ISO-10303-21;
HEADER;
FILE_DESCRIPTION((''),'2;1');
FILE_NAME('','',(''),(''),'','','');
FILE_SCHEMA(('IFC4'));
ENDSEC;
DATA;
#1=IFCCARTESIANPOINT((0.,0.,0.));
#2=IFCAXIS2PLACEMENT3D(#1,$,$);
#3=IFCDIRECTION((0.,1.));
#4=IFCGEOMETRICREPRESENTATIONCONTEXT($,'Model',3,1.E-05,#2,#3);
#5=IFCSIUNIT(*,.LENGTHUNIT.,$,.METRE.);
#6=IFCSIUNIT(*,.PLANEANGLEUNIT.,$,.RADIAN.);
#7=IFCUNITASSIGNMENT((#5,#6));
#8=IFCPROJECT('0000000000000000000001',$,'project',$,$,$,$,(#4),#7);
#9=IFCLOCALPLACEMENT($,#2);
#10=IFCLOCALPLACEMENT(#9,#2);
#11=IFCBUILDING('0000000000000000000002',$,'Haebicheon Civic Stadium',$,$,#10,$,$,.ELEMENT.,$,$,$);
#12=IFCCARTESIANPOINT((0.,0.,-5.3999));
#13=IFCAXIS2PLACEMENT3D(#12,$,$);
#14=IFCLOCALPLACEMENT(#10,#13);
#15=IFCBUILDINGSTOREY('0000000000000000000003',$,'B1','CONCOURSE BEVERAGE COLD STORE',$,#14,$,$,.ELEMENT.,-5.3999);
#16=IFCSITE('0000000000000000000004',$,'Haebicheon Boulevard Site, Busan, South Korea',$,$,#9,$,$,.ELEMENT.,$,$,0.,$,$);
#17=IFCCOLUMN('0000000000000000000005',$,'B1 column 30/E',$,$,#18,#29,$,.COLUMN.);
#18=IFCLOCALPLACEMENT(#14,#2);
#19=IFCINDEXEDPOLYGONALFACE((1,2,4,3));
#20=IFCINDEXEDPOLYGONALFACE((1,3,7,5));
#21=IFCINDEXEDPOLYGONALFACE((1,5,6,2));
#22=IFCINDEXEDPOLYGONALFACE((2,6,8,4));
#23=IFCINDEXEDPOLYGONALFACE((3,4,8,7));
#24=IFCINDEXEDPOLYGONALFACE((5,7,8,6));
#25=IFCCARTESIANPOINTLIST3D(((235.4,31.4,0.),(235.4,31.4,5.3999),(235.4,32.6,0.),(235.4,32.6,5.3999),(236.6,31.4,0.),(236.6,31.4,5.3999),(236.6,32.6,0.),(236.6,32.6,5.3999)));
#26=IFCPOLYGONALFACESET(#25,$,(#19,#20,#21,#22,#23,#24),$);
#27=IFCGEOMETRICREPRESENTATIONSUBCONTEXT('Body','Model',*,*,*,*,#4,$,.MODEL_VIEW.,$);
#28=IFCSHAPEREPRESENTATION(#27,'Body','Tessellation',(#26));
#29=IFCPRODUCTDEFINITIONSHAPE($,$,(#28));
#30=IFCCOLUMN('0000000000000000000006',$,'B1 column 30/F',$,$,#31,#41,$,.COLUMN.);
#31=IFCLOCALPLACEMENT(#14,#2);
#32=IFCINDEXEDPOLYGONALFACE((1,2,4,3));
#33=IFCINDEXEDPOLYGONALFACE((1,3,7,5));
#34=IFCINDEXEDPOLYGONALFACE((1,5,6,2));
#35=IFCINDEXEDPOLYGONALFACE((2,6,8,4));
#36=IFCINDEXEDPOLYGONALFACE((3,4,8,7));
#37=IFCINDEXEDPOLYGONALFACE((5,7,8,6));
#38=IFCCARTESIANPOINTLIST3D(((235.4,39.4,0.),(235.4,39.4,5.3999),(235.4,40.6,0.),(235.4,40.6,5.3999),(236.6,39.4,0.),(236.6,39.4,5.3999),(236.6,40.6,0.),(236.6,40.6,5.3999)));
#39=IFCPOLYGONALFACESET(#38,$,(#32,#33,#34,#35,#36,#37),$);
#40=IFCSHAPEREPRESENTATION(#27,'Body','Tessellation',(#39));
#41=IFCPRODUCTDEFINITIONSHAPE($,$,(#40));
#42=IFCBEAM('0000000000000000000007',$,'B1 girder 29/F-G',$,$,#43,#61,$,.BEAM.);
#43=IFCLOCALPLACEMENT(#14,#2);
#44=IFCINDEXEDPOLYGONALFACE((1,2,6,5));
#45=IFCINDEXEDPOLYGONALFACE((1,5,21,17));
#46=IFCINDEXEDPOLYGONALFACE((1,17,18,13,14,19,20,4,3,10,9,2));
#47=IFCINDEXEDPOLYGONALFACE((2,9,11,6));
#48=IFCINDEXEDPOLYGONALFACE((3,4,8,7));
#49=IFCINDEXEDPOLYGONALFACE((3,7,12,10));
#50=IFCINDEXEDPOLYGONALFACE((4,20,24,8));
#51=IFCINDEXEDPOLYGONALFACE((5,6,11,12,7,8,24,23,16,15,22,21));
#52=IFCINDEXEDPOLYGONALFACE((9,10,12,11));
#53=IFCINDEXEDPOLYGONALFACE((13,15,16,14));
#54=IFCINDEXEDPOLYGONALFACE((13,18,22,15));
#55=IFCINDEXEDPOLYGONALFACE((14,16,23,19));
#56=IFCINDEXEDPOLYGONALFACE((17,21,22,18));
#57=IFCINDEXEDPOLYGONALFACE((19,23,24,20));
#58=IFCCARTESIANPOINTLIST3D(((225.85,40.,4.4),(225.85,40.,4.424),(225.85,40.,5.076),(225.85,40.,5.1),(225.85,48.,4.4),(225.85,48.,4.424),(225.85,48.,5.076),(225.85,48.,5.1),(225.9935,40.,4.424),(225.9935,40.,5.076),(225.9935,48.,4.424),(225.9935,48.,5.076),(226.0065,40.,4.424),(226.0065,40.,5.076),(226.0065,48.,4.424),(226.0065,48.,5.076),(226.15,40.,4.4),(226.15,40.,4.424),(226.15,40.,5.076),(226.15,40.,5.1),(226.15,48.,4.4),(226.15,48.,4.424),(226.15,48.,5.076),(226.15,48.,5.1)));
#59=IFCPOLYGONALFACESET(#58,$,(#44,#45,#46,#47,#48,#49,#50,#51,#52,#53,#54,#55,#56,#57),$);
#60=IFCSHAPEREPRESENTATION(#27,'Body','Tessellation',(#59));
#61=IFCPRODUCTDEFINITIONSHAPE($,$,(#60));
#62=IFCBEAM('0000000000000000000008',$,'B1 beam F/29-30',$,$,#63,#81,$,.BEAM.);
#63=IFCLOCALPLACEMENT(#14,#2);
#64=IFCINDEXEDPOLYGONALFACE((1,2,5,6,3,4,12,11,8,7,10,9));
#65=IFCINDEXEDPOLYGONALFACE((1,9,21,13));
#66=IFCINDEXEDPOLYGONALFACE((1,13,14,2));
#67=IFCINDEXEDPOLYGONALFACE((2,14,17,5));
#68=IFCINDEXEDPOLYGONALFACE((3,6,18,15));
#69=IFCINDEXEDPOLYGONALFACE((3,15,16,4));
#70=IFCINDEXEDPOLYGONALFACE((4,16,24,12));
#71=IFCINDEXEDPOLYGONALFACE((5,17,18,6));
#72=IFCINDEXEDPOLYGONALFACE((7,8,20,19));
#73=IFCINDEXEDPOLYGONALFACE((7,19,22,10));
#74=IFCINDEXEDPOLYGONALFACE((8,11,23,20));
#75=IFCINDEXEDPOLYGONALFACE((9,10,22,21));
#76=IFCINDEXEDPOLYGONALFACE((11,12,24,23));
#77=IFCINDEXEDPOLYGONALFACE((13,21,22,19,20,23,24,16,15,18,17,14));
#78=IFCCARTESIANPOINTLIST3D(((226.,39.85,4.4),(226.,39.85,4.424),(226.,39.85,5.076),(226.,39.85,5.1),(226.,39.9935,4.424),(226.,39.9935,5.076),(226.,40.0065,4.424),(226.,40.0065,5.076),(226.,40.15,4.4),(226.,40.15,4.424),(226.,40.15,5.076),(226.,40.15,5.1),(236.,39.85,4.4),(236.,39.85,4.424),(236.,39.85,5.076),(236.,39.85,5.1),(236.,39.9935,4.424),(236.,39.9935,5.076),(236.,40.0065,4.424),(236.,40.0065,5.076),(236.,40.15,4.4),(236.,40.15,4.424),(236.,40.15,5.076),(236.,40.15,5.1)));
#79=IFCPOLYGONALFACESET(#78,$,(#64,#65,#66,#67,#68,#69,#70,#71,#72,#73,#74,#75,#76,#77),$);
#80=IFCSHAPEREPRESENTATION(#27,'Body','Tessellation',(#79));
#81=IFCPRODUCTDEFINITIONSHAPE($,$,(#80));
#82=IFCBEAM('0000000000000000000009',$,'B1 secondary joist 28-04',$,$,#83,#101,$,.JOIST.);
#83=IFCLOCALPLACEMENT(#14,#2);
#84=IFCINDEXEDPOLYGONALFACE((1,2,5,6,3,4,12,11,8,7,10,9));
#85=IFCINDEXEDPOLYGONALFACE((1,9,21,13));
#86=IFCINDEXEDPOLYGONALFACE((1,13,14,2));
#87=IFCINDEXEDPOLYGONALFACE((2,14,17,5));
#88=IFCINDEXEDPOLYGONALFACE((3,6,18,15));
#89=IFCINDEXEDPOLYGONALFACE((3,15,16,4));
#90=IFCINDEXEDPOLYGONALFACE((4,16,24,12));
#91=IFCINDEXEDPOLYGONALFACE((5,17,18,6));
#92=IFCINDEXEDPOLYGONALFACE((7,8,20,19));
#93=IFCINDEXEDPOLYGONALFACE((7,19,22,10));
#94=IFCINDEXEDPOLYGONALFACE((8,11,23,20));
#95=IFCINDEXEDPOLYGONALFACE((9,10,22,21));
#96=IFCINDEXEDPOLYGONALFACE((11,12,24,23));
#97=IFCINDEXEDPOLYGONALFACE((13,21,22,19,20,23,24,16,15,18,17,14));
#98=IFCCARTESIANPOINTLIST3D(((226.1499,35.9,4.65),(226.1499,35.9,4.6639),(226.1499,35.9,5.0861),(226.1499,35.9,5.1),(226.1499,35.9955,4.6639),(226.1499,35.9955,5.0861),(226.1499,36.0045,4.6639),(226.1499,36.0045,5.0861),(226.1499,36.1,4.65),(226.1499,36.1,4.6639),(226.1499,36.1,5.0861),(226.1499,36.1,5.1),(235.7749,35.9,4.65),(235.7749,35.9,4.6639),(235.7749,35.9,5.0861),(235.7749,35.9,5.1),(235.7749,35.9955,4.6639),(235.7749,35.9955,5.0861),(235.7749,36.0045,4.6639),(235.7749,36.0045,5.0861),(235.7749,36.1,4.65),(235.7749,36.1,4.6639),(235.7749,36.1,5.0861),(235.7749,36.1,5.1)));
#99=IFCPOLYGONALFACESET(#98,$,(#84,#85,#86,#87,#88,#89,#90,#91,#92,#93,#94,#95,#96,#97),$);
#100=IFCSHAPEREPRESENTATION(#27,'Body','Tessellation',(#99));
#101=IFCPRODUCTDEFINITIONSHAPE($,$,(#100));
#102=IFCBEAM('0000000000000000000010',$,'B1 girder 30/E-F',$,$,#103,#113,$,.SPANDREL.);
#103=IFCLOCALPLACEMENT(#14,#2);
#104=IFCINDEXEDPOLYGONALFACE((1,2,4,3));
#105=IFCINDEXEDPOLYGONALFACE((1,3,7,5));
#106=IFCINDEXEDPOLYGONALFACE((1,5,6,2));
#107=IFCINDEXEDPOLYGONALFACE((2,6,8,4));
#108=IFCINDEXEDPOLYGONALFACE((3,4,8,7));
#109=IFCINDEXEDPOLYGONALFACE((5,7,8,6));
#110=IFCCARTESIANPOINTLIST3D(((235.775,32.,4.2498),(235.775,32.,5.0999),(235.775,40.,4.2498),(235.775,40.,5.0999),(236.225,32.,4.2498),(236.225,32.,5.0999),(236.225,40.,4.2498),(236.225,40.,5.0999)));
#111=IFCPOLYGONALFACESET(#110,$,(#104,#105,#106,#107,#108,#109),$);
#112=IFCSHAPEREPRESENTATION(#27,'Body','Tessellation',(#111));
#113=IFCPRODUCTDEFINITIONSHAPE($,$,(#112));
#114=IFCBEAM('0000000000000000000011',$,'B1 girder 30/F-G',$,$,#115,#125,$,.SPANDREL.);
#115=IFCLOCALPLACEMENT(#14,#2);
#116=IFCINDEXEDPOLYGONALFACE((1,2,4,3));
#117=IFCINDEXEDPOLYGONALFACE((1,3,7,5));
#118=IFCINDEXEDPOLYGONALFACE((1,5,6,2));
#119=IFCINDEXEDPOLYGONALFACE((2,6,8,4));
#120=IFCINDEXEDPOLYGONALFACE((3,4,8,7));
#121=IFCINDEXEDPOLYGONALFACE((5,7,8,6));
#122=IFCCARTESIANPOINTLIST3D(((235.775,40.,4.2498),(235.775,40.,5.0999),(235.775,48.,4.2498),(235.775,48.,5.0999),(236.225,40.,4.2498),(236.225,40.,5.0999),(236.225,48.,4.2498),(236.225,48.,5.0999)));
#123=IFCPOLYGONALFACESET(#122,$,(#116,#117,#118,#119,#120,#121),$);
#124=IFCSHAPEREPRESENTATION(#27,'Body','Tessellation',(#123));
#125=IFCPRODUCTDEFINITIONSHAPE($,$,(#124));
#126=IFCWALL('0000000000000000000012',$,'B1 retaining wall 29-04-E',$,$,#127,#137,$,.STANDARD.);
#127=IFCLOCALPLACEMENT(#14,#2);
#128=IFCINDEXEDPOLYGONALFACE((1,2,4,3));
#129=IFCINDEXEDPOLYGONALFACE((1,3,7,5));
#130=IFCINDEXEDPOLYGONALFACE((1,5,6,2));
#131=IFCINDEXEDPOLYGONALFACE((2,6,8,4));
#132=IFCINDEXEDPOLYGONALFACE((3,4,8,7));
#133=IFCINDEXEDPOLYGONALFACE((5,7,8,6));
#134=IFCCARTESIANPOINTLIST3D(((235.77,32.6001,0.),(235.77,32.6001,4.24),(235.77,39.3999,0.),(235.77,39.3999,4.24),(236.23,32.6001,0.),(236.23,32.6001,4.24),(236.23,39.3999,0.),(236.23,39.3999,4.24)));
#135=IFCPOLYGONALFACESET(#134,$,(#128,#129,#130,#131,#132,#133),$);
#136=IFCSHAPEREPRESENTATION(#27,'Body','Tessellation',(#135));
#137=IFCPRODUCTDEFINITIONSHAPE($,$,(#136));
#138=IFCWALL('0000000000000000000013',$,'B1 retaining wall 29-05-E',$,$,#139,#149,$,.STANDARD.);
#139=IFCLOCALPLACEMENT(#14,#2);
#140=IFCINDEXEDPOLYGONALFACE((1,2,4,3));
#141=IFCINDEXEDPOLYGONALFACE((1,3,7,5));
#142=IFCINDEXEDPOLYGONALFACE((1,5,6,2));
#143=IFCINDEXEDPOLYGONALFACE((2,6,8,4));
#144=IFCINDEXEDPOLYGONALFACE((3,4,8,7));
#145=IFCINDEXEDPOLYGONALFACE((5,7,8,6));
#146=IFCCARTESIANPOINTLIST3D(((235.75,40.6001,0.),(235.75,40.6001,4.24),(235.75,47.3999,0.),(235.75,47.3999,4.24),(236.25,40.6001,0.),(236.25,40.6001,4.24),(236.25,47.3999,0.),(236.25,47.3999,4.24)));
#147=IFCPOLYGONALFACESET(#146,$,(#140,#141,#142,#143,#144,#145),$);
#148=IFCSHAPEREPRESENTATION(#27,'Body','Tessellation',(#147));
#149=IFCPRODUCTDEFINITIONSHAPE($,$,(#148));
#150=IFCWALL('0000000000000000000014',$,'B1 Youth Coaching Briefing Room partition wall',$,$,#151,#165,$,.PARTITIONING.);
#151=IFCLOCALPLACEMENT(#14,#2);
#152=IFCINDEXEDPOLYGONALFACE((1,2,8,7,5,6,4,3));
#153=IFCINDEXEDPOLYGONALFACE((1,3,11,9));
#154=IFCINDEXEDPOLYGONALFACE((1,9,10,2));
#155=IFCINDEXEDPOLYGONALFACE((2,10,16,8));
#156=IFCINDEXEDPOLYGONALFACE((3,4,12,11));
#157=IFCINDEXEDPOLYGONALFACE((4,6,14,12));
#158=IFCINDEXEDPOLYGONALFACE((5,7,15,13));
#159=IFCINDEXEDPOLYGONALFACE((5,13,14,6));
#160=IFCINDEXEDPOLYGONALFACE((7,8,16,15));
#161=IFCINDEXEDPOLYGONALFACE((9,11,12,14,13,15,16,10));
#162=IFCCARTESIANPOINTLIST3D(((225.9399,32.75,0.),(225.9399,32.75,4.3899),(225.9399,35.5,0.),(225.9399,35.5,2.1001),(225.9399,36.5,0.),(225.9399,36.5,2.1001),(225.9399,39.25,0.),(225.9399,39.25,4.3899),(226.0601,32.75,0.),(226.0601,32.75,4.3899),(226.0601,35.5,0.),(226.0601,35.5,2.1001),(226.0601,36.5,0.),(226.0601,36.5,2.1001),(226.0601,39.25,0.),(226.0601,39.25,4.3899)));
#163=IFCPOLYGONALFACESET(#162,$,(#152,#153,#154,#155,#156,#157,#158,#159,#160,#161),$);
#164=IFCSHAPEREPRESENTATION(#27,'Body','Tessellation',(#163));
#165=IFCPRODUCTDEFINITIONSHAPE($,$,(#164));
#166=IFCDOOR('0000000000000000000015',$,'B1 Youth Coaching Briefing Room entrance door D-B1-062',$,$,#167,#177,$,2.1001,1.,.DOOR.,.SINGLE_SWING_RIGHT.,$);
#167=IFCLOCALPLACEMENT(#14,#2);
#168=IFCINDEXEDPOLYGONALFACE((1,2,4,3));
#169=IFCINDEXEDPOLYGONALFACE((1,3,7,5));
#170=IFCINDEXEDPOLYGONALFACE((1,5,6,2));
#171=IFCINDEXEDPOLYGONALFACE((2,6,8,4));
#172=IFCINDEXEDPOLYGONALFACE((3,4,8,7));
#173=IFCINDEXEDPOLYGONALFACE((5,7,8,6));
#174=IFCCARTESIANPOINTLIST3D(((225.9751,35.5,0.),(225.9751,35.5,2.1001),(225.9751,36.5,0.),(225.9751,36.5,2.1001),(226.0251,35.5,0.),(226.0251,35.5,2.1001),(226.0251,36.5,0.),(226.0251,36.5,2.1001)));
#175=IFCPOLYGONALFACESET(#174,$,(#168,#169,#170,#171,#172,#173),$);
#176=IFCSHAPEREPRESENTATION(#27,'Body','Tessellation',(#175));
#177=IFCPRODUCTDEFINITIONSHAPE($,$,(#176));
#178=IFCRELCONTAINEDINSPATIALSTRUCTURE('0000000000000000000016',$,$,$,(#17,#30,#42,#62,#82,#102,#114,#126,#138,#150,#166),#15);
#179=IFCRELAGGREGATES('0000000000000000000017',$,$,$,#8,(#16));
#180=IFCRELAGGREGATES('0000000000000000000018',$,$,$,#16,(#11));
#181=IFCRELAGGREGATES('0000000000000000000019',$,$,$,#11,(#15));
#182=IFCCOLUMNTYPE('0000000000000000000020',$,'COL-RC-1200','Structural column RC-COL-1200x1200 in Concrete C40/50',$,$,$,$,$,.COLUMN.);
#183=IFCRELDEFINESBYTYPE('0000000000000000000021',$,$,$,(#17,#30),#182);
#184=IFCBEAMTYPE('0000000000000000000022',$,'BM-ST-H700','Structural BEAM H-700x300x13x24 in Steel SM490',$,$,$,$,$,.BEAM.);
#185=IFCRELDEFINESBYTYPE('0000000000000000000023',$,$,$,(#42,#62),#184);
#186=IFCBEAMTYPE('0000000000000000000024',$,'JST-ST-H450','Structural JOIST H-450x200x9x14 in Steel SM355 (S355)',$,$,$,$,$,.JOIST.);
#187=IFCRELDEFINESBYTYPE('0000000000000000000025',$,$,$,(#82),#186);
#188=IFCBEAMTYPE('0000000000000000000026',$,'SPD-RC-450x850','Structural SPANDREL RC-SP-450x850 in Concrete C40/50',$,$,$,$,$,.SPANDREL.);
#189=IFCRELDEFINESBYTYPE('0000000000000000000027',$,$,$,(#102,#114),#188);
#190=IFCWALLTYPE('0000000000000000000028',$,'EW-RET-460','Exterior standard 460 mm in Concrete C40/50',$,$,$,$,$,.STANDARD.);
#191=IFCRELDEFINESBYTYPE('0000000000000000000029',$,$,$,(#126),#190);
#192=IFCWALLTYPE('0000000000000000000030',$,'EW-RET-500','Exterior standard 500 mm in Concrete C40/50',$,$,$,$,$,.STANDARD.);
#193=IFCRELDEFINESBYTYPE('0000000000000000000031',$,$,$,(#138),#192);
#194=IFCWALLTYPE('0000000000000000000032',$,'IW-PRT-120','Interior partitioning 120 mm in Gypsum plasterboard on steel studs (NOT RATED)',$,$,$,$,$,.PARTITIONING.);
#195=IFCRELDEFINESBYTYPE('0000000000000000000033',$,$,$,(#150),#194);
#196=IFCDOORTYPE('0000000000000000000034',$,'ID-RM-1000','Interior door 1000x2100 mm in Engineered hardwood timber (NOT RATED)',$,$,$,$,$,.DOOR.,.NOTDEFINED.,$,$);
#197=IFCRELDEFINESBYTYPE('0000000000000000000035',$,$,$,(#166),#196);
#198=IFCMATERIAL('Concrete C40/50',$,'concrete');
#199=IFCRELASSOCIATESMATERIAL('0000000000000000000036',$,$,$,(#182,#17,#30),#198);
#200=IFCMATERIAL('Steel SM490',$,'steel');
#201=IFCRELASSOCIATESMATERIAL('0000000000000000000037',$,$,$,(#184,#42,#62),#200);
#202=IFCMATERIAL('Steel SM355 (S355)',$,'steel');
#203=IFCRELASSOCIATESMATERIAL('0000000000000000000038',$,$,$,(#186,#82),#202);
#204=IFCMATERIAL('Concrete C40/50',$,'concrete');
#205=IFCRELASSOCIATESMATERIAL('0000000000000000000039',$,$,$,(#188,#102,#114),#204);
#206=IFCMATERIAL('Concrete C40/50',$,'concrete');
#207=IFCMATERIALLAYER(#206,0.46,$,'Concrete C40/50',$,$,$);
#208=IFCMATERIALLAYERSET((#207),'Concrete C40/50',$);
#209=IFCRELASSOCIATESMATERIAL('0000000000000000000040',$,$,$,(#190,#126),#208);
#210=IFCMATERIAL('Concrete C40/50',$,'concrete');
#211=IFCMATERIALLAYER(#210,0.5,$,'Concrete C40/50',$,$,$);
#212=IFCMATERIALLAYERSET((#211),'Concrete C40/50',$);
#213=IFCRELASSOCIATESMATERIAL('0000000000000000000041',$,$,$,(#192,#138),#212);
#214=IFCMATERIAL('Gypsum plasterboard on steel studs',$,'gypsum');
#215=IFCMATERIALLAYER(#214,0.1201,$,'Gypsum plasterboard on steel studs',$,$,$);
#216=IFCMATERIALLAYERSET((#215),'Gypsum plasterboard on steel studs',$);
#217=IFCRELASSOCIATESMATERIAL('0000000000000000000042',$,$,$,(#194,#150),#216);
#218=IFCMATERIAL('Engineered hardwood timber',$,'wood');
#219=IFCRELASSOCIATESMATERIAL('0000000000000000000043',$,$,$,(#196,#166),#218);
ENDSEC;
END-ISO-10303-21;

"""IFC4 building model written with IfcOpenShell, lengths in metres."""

from ifc_helpers import new_model, si_unit, direction, frame, frame_2d, origin, origin_2d, place, context, subcontext, project, spatial, rectangle, i_section, extrude, material, layer, layer_set, material_profile, profile_set, type_object, element, fill, save


model = new_model("IFC4")

# Units and contexts
model_context = context("Model", 3, precision=1e-05, world=origin(), true_north=direction((0.0, 1.0)))
body_context = subcontext(model_context, "Body", "Model", "MODEL_VIEW")
ifc_project = project(units=[si_unit("LENGTHUNIT", "METRE"), si_unit("PLANEANGLEUNIT", "RADIAN")], contexts=[model_context])

# Site, building, storey
site_placement = place(None, origin())
site = spatial("IfcSite", under=ifc_project, at=site_placement, Name="Haebicheon Boulevard Site, Busan, South Korea", CompositionType="ELEMENT", RefElevation=0.0)
building_placement = place(site_placement, origin())
building = spatial("IfcBuilding", under=site, at=building_placement, Name="Haebicheon Civic Stadium", CompositionType="ELEMENT")
storey_placement = place(building_placement, frame((0.0, 0.0, -5.3999)))
storey = spatial("IfcBuildingStorey", under=building, at=storey_placement, Name="B1", Description="CONCOURSE BEVERAGE COLD STORE", CompositionType="ELEMENT", Elevation=-5.3999)

# Columns
ifc_material_1 = material(Name="Concrete C40/50", Category="concrete")
ifc_material_profile_1 = material_profile(ifc_material_1, rectangle(XDim=1.2, YDim=1.2, at=origin_2d()), Name="RC-COL-1200x1200")
ifc_profile_set_1 = profile_set([ifc_material_profile_1], Name="Concrete C40/50")
column_type = type_object("IfcColumnType", Name="COL-RC-1200", Description="Structural column RC-COL-1200x1200 in Concrete C40/50", PredefinedType="COLUMN", material=ifc_profile_set_1)
for number, where, z_axis, x_axis, name in (
    (1, (236.0, 32.0, 0.0), (0.0, 0.0, 1.0), (1.0, 0.0, 0.0), "B1 column 30/E"),
    (2, (236.0, 40.0, 0.0), (0.0, 0.0, 1.0), (1.0, 0.0, 0.0), "B1 column 30/F"),
):
    element("IfcColumn", number, at=place(storey_placement, frame(where, z_axis=z_axis, x_axis=x_axis)), inside=storey, type_object=column_type, material=ifc_profile_set_1, Name=name, PredefinedType="COLUMN", context=body_context, shape_type="SweptSolid", body=[
        extrude(rectangle(XDim=1.2, YDim=1.2, at=origin_2d()), origin(), (0.0, 0.0, 1.0), 5.3999),
    ])

# Beams
ifc_material_2 = material(Name="Steel SM490", Category="steel")
ifc_material_profile_2 = material_profile(ifc_material_2, i_section(OverallWidth=0.3, OverallDepth=0.7, WebThickness=0.0129, FlangeThickness=0.0239, at=origin_2d()), Name="H-700x300x13x24")
ifc_profile_set_2 = profile_set([ifc_material_profile_2], Name="Steel SM490")
beam_type_1 = type_object("IfcBeamType", Name="BM-ST-H700", Description="Structural BEAM H-700x300x13x24 in Steel SM490", PredefinedType="BEAM", material=ifc_profile_set_2)
beam_1_placement = place(storey_placement, frame((226.0, 40.0, 4.75), z_axis=(0.0, 1.0, 0.0), x_axis=(-1.0, 0.0, 0.0)))
element("IfcBeam", 3, at=beam_1_placement, inside=storey, type_object=beam_type_1, material=ifc_profile_set_2, Name="B1 girder 29/F-G", PredefinedType="BEAM", context=body_context, shape_type="SweptSolid", body=[
    extrude(i_section(OverallWidth=0.3, OverallDepth=0.7, WebThickness=0.0129, FlangeThickness=0.0239, at=origin_2d()), origin(), (0.0, 0.0, 1.0), 8.0),
])
beam_2_placement = place(storey_placement, frame((226.0, 40.0, 4.75), z_axis=(1.0, 0.0, 0.0), x_axis=(0.0, 1.0, 0.0)))
element("IfcBeam", 4, at=beam_2_placement, inside=storey, type_object=beam_type_1, material=ifc_profile_set_2, Name="B1 beam F/29-30", PredefinedType="BEAM", context=body_context, shape_type="SweptSolid", body=[
    extrude(i_section(OverallWidth=0.3, OverallDepth=0.7, WebThickness=0.0129, FlangeThickness=0.0239, at=origin_2d()), origin(), (0.0, 0.0, 1.0), 10.0),
])
ifc_material_3 = material(Name="Steel SM355 (S355)", Category="steel")
ifc_material_profile_3 = material_profile(ifc_material_3, i_section(OverallWidth=0.2, OverallDepth=0.45, WebThickness=0.009, FlangeThickness=0.0139, at=origin_2d()), Name="H-450x200x9x14")
ifc_profile_set_3 = profile_set([ifc_material_profile_3], Name="Steel SM355 (S355)")
beam_type_2 = type_object("IfcBeamType", Name="JST-ST-H450", Description="Structural JOIST H-450x200x9x14 in Steel SM355 (S355)", PredefinedType="JOIST", material=ifc_profile_set_3)
beam_3_placement = place(storey_placement, frame((226.1499, 36.0, 4.875), z_axis=(1.0, 0.0, 0.0), x_axis=(0.0, 1.0, 0.0)))
element("IfcBeam", 5, at=beam_3_placement, inside=storey, type_object=beam_type_2, material=ifc_profile_set_3, Name="B1 secondary joist 28-04", PredefinedType="JOIST", context=body_context, shape_type="SweptSolid", body=[
    extrude(i_section(OverallWidth=0.2, OverallDepth=0.45, WebThickness=0.009, FlangeThickness=0.0139, at=origin_2d()), origin(), (0.0, 0.0, 1.0), 9.625),
])
ifc_material_4 = material(Name="Concrete C40/50", Category="concrete")
ifc_material_profile_4 = material_profile(ifc_material_4, rectangle(XDim=0.45, YDim=0.8501, at=origin_2d()), Name="RC-SP-450x850")
ifc_profile_set_4 = profile_set([ifc_material_profile_4], Name="Concrete C40/50")
beam_type_3 = type_object("IfcBeamType", Name="SPD-RC-450x850", Description="Structural SPANDREL RC-SP-450x850 in Concrete C40/50", PredefinedType="SPANDREL", material=ifc_profile_set_4)
for number, where, z_axis, x_axis, name in (
    (6, (236.0, 32.0, 4.6748), (0.0, 1.0, 0.0), (-1.0, 0.0, 0.0), "B1 girder 30/E-F"),
    (7, (236.0, 40.0, 4.6748), (0.0, 1.0, 0.0), (-1.0, 0.0, 0.0), "B1 girder 30/F-G"),
):
    element("IfcBeam", number, at=place(storey_placement, frame(where, z_axis=z_axis, x_axis=x_axis)), inside=storey, type_object=beam_type_3, material=ifc_profile_set_4, Name=name, PredefinedType="SPANDREL", context=body_context, shape_type="SweptSolid", body=[
        extrude(rectangle(XDim=0.45, YDim=0.8501, at=origin_2d()), origin(), (0.0, 0.0, 1.0), 8.0),
    ])

# Walls
ifc_material_5 = material(Name="Concrete C40/50", Category="concrete")
ifc_layer_1 = layer(ifc_material_5, 0.46, Name="Concrete C40/50")
ifc_layer_set_1 = layer_set([ifc_layer_1], Name="Concrete C40/50")
wall_type_1 = type_object("IfcWallType", Name="EW-RET-460", Description="Exterior standard 460 mm in Concrete C40/50", PredefinedType="STANDARD", material=ifc_layer_set_1)
wall_1_placement = place(storey_placement, frame((236.0, 32.6001, 0.0), z_axis=(0.0, 0.0, 1.0), x_axis=(0.0, 1.0, 0.0)))
element("IfcWall", 8, at=wall_1_placement, inside=storey, type_object=wall_type_1, material=ifc_layer_set_1, Name="B1 retaining wall 29-04-E", PredefinedType="STANDARD", context=body_context, shape_type="SweptSolid", body=[
    extrude(rectangle(XDim=6.7998, YDim=0.46, at=frame_2d((3.3999, 0.0))), origin(), (0.0, 0.0, 1.0), 4.24),
])
ifc_material_6 = material(Name="Concrete C40/50", Category="concrete")
ifc_layer_2 = layer(ifc_material_6, 0.5, Name="Concrete C40/50")
ifc_layer_set_2 = layer_set([ifc_layer_2], Name="Concrete C40/50")
wall_type_2 = type_object("IfcWallType", Name="EW-RET-500", Description="Exterior standard 500 mm in Concrete C40/50", PredefinedType="STANDARD", material=ifc_layer_set_2)
wall_2_placement = place(storey_placement, frame((236.0, 40.6001, 0.0), z_axis=(0.0, 0.0, 1.0), x_axis=(0.0, 1.0, 0.0)))
element("IfcWall", 9, at=wall_2_placement, inside=storey, type_object=wall_type_2, material=ifc_layer_set_2, Name="B1 retaining wall 29-05-E", PredefinedType="STANDARD", context=body_context, shape_type="SweptSolid", body=[
    extrude(rectangle(XDim=6.7998, YDim=0.5, at=frame_2d((3.3999, 0.0))), origin(), (0.0, 0.0, 1.0), 4.24),
])

# Wall, opening, door
ifc_material_7 = material(Name="Gypsum plasterboard on steel studs", Category="gypsum")
ifc_layer_3 = layer(ifc_material_7, 0.1201, Name="Gypsum plasterboard on steel studs")
ifc_layer_set_3 = layer_set([ifc_layer_3], Name="Gypsum plasterboard on steel studs")
wall_type_3 = type_object("IfcWallType", Name="IW-PRT-120", Description="Interior partitioning 120 mm in Gypsum plasterboard on steel studs (NOT RATED)", PredefinedType="PARTITIONING", material=ifc_layer_set_3)
wall_3_placement = place(storey_placement, frame((226.0, 32.75, 0.0), z_axis=(0.0, 0.0, 1.0), x_axis=(0.0, 1.0, 0.0)))
wall_3 = element("IfcWall", 10, at=wall_3_placement, inside=storey, type_object=wall_type_3, material=ifc_layer_set_3, Name="B1 Youth Coaching Briefing Room partition wall", PredefinedType="PARTITIONING", context=body_context, shape_type="SweptSolid", body=[
    extrude(rectangle(XDim=6.5, YDim=0.1201, at=frame_2d((3.25, 0.0))), origin(), (0.0, 0.0, 1.0), 4.3899),
])
opening_placement = place(wall_3_placement, frame((2.75, 0.0, 0.0)))
opening = element("IfcOpeningElement", 11, at=opening_placement, cuts=wall_3, PredefinedType="OPENING", context=body_context, shape_type="SweptSolid", body=[
    extrude(rectangle(XDim=1.0, YDim=2.1001, at=frame_2d((0.5, 1.05))), frame((0.0, 0.0701, 0.0), z_axis=(0.0, -1.0, 0.0), x_axis=(1.0, 0.0, 0.0)), (0.0, 0.0, 1.0), 0.1401),
])
ifc_material_8 = material(Name="Engineered hardwood timber", Category="wood")
door_type = type_object("IfcDoorType", Name="ID-RM-1000", Description="Interior door 1000x2100 mm in Engineered hardwood timber (NOT RATED)", OperationType="NOTDEFINED", PredefinedType="DOOR", material=ifc_material_8)
door_placement = place(opening_placement, origin())
door = element("IfcDoor", 12, at=door_placement, inside=storey, type_object=door_type, material=ifc_material_8, Name="B1 Youth Coaching Briefing Room entrance door D-B1-062", OperationType="SINGLE_SWING_RIGHT", OverallHeight=2.1001, OverallWidth=1.0, PredefinedType="DOOR", context=body_context, shape_type="SweptSolid", body=[
    extrude(rectangle(XDim=1.0, YDim=2.1001, at=frame_2d((0.5, 1.05))), frame((0.0, 0.0249, 0.0), z_axis=(0.0, -1.0, 0.0), x_axis=(1.0, 0.0, 0.0)), (0.0, 0.0, 1.0), 0.05),
])
fill(opening, door)

save(model, "model.ifc")
